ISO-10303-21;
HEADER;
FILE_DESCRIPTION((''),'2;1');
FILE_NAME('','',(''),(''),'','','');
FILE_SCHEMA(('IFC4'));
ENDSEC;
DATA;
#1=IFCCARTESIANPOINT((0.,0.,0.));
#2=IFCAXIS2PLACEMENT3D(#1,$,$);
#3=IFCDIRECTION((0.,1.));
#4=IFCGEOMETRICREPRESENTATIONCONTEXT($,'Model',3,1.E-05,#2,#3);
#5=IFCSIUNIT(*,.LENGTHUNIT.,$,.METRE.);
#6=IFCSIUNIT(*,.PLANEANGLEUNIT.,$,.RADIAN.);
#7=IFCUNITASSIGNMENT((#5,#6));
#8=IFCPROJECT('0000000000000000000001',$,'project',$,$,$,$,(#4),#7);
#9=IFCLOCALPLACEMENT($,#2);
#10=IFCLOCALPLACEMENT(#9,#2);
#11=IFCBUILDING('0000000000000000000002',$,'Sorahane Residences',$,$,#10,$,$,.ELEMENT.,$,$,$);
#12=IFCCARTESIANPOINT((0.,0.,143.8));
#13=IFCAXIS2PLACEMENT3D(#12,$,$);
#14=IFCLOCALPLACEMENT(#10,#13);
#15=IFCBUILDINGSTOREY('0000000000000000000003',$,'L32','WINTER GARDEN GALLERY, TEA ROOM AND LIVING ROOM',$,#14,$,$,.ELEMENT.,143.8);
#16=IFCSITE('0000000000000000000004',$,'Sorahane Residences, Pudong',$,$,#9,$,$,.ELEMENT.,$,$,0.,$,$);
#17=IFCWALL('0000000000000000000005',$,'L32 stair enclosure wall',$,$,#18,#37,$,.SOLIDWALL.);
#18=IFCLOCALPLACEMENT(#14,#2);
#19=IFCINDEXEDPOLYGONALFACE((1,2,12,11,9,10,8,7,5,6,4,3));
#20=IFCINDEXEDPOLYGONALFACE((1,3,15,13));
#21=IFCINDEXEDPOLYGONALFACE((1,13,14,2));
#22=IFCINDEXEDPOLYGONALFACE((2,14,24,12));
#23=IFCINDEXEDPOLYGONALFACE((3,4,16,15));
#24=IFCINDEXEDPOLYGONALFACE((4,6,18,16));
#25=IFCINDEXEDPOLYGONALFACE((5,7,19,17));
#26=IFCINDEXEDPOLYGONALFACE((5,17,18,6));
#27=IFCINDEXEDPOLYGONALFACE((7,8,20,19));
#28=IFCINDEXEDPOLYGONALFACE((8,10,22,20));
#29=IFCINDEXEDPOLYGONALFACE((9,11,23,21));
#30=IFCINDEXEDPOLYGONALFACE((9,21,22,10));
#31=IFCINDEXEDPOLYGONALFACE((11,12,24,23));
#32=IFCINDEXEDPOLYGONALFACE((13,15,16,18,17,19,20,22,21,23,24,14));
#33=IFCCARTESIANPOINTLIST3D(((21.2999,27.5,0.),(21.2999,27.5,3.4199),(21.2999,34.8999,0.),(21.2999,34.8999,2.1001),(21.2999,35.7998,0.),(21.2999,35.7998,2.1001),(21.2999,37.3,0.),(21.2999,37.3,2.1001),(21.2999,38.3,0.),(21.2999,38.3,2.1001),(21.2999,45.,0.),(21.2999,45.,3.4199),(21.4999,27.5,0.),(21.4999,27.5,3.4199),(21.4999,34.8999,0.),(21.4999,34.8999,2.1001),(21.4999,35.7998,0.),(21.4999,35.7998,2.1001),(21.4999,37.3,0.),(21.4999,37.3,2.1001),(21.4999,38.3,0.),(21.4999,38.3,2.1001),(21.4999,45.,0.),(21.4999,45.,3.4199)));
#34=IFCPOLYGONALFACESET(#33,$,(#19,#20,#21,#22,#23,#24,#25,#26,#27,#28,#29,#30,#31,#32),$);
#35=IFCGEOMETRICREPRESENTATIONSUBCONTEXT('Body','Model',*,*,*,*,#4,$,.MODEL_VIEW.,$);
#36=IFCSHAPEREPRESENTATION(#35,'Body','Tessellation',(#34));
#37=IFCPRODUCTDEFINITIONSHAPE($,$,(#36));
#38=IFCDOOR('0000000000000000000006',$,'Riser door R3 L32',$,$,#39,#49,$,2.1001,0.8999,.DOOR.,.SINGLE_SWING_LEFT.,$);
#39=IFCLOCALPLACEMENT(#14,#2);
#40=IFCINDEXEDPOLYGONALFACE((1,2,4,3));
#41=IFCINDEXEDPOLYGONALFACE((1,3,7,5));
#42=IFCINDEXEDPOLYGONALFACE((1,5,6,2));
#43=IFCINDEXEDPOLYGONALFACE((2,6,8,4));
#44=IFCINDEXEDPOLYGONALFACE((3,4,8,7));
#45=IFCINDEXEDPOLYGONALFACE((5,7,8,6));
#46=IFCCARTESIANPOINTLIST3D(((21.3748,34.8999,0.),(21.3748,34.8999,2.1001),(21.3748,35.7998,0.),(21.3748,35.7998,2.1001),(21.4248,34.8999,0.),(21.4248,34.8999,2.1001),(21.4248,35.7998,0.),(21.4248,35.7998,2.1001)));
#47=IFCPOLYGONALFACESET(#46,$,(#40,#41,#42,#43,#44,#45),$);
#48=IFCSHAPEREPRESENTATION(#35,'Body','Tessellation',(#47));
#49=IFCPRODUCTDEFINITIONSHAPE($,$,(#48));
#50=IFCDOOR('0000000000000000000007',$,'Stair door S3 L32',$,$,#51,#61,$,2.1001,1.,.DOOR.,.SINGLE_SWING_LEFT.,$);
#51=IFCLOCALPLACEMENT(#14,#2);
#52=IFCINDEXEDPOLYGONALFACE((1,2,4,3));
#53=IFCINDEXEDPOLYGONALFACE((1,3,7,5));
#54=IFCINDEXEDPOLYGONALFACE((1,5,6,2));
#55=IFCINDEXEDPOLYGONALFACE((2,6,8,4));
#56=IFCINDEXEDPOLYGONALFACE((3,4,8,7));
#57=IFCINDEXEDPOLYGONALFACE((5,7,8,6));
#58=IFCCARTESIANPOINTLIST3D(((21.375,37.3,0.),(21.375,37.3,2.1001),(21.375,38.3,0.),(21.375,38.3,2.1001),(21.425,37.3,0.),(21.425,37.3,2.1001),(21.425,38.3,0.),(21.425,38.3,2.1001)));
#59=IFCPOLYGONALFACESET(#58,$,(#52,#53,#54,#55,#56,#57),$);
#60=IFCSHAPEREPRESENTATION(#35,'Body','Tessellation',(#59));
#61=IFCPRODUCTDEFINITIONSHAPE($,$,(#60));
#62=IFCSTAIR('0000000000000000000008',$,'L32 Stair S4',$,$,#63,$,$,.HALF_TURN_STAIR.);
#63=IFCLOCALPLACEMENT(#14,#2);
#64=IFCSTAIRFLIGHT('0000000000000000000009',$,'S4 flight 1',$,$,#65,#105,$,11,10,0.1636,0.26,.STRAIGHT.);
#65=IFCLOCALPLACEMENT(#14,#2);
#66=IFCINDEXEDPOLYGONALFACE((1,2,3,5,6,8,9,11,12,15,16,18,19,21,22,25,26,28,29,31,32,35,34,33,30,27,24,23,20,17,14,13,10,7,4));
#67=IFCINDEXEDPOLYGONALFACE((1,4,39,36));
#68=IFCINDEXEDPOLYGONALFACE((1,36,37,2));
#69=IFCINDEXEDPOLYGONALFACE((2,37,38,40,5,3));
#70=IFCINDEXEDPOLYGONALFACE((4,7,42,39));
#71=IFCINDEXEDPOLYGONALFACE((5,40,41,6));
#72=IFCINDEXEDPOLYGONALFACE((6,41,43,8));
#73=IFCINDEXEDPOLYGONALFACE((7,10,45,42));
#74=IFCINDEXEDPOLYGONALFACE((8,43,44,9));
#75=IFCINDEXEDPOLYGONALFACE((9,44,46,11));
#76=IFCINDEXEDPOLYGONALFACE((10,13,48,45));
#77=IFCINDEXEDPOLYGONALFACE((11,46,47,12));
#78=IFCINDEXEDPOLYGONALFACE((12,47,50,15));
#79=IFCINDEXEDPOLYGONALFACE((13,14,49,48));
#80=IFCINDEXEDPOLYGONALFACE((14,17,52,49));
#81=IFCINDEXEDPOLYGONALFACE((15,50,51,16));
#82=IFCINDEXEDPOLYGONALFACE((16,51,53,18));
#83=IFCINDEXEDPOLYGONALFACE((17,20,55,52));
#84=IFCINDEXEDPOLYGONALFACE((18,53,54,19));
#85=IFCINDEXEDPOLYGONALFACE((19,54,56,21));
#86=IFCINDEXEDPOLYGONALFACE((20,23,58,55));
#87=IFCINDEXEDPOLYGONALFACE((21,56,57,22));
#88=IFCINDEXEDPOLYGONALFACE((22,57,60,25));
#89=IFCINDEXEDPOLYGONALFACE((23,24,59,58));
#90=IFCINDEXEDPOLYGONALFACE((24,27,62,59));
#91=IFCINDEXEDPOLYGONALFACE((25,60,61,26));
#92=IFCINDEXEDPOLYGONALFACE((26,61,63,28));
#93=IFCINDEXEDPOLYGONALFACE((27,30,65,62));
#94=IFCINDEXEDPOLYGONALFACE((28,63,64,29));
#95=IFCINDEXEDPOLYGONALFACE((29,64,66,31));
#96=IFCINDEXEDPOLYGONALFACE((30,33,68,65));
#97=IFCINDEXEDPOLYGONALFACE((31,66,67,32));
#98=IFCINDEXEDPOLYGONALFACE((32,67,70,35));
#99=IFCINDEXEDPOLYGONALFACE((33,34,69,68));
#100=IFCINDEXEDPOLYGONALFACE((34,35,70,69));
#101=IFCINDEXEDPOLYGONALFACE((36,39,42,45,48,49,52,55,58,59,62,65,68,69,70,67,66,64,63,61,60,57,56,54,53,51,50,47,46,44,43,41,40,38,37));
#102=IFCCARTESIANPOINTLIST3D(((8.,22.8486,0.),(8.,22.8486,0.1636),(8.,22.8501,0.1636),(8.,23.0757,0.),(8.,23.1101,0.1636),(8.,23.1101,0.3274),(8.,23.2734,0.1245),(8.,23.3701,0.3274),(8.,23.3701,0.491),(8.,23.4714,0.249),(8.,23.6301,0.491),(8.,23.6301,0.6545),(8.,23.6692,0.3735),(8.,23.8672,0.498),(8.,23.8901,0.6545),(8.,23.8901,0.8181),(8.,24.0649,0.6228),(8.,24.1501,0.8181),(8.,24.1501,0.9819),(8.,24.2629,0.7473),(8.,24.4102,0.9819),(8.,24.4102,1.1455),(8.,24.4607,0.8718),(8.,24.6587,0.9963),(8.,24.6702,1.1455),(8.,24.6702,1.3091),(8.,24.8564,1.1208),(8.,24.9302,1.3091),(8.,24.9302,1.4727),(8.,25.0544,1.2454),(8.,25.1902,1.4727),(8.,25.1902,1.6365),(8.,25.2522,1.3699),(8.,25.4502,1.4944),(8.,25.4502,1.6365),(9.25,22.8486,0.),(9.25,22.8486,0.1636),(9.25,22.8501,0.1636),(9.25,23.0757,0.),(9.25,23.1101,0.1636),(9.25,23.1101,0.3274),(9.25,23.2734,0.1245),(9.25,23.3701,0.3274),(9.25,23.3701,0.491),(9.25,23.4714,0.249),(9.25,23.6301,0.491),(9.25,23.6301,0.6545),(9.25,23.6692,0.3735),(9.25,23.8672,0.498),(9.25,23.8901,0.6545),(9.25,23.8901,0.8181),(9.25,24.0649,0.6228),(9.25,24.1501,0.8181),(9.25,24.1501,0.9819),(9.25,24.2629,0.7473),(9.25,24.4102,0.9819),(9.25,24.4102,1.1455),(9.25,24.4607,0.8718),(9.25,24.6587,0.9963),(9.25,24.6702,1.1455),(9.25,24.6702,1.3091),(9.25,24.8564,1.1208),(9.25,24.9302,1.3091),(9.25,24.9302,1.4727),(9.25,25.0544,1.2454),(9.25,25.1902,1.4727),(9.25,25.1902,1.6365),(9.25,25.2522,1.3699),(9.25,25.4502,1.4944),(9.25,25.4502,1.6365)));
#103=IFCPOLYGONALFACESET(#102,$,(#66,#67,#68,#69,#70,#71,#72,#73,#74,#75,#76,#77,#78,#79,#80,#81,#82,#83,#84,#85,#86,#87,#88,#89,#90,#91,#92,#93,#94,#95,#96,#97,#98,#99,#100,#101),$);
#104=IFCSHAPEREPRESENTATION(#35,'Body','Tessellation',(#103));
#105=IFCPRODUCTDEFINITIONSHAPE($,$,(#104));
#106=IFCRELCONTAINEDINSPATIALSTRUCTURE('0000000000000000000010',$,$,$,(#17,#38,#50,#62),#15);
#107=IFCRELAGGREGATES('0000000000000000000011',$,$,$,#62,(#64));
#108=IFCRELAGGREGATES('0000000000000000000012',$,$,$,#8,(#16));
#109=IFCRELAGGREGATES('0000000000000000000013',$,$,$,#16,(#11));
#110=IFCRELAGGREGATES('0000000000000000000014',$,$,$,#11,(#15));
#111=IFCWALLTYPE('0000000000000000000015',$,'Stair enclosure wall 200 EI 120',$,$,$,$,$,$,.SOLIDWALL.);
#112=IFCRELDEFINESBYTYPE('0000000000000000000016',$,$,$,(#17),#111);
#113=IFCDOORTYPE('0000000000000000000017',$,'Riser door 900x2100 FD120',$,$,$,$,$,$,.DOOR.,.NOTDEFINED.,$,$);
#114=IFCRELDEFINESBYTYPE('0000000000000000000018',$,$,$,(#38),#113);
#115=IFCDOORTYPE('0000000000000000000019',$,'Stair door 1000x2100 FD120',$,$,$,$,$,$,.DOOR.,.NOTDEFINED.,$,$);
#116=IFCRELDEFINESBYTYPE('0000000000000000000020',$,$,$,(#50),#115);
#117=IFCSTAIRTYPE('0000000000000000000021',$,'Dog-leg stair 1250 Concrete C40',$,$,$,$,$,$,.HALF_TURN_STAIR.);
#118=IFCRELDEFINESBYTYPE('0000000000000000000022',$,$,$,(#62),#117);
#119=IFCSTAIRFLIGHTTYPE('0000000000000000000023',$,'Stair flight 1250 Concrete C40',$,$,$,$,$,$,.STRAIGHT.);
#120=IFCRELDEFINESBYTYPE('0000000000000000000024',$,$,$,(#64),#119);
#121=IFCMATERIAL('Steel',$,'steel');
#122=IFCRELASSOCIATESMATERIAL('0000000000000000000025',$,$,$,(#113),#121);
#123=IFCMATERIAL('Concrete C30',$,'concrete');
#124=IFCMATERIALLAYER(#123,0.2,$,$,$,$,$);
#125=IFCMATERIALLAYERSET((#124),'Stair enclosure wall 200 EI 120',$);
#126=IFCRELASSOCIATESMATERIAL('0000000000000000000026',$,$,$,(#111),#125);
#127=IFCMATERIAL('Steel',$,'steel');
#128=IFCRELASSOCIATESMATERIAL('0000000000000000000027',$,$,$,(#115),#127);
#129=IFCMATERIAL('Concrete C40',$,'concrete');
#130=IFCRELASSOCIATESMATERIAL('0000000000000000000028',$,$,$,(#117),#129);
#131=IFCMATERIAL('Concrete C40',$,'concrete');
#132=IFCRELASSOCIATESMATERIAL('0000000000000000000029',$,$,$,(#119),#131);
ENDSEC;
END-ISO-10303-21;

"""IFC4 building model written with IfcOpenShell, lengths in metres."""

from ifc_helpers import new_model, si_unit, direction, frame, frame_2d, origin, place, context, subcontext, project, spatial, polyline, rectangle, outline, extrude, material, layer, layer_set, type_object, element, fill, aggregate, save


model = new_model("IFC4")

# Units and contexts
model_context = context("Model", 3, precision=1e-05, world=origin(), true_north=direction((0.0, 1.0)))
body_context = subcontext(model_context, "Body", "Model", "MODEL_VIEW")
ifc_project = project(units=[si_unit("LENGTHUNIT", "METRE"), si_unit("PLANEANGLEUNIT", "RADIAN")], contexts=[model_context])

# Site, building, storey
site_placement = place(None, origin())
site = spatial("IfcSite", under=ifc_project, at=site_placement, Name="Sorahane Residences, Pudong", CompositionType="ELEMENT", RefElevation=0.0)
building_placement = place(site_placement, origin())
building = spatial("IfcBuilding", under=site, at=building_placement, Name="Sorahane Residences", CompositionType="ELEMENT")
storey_placement = place(building_placement, frame((0.0, 0.0, 143.8)))
storey = spatial("IfcBuildingStorey", under=building, at=storey_placement, Name="L32", Description="WINTER GARDEN GALLERY, TEA ROOM AND LIVING ROOM", CompositionType="ELEMENT", Elevation=143.8)

# Shared definitions
ifc_material_1 = material(Name="Steel", Category="steel")
door_type_1 = type_object("IfcDoorType", Name="Riser door 900x2100 FD120", OperationType="NOTDEFINED", PredefinedType="DOOR", material=ifc_material_1)

# Wall, openings, doors
ifc_material_2 = material(Name="Concrete C30", Category="concrete")
ifc_layer_1 = layer(ifc_material_2, 0.2)
ifc_layer_set_1 = layer_set([ifc_layer_1], Name="Stair enclosure wall 200 EI 120")
wall_type_1 = type_object("IfcWallType", Name="Stair enclosure wall 200 EI 120", PredefinedType="SOLIDWALL", material=ifc_layer_set_1)
wall_1_placement = place(storey_placement, frame((21.3999, 27.5, 0.0), z_axis=(0.0, 0.0, 1.0), x_axis=(0.0, 1.0, 0.0)))
wall_1 = element("IfcWall", 1, at=wall_1_placement, inside=storey, type_object=wall_type_1, Name="L32 stair enclosure wall", PredefinedType="SOLIDWALL", context=body_context, shape_type="SweptSolid", body=[
    extrude(rectangle(XDim=17.5, YDim=0.2, at=frame_2d((8.75, 0.0))), origin(), (0.0, 0.0, 1.0), 3.4199),
])
opening_1_placement = place(wall_1_placement, frame((9.8, 0.0, 0.0)))
opening_1 = element("IfcOpeningElement", 2, at=opening_1_placement, cuts=wall_1, PredefinedType="OPENING", context=body_context, shape_type="SweptSolid", body=[
    extrude(rectangle(XDim=1.0, YDim=2.1001, at=frame_2d((0.5, 1.05))), frame((0.0, 0.1099, 0.0), z_axis=(0.0, -1.0, 0.0), x_axis=(1.0, 0.0, 0.0)), (0.0, 0.0, 1.0), 0.22),
])
opening_2_placement = place(wall_1_placement, frame((7.3999, 0.0, 0.0)))
opening_2 = element("IfcOpeningElement", 3, at=opening_2_placement, cuts=wall_1, PredefinedType="OPENING", context=body_context, shape_type="SweptSolid", body=[
    extrude(rectangle(XDim=0.8999, YDim=2.1001, at=frame_2d((0.45, 1.05))), frame((0.0, 0.1099, 0.0), z_axis=(0.0, -1.0, 0.0), x_axis=(1.0, 0.0, 0.0)), (0.0, 0.0, 1.0), 0.22),
])
door_1_placement = place(opening_2_placement, frame((0.8999, 0.0, 0.0), z_axis=(0.0, 0.0, 1.0), x_axis=(-1.0, 0.0, 0.0)))
door_1 = element("IfcDoor", 4, at=door_1_placement, inside=storey, type_object=door_type_1, Name="Riser door R3 L32", OperationType="SINGLE_SWING_LEFT", OverallHeight=2.1001, OverallWidth=0.8999, PredefinedType="DOOR", context=body_context, shape_type="SweptSolid", body=[
    extrude(rectangle(XDim=0.8999, YDim=2.1001, at=frame_2d((0.45, 1.05))), frame((0.0, 0.0249, 0.0), z_axis=(0.0, -1.0, 0.0), x_axis=(1.0, 0.0, 0.0)), (0.0, 0.0, 1.0), 0.05),
])
fill(opening_2, door_1)
ifc_material_3 = material(Name="Steel", Category="steel")
door_type_2 = type_object("IfcDoorType", Name="Stair door 1000x2100 FD120", OperationType="NOTDEFINED", PredefinedType="DOOR", material=ifc_material_3)
door_2_placement = place(opening_1_placement, origin())
door_2 = element("IfcDoor", 5, at=door_2_placement, inside=storey, type_object=door_type_2, Name="Stair door S3 L32", OperationType="SINGLE_SWING_LEFT", OverallHeight=2.1001, OverallWidth=1.0, PredefinedType="DOOR", context=body_context, shape_type="SweptSolid", body=[
    extrude(rectangle(XDim=1.0, YDim=2.1001, at=frame_2d((0.5, 1.05))), frame((0.0, 0.0249, 0.0), z_axis=(0.0, -1.0, 0.0), x_axis=(1.0, 0.0, 0.0)), (0.0, 0.0, 1.0), 0.05),
])
fill(opening_1, door_2)

# Stair, stair flight
ifc_material_4 = material(Name="Concrete C40", Category="concrete")
stair_type = type_object("IfcStairType", Name="Dog-leg stair 1250 Concrete C40", PredefinedType="HALF_TURN_STAIR", material=ifc_material_4)
stair_placement = place(storey_placement, origin())
stair = element("IfcStair", 6, at=stair_placement, inside=storey, type_object=stair_type, Name="L32 Stair S4", PredefinedType="HALF_TURN_STAIR")
ifc_material_5 = material(Name="Concrete C40", Category="concrete")
stair_flight_type = type_object("IfcStairFlightType", Name="Stair flight 1250 Concrete C40", PredefinedType="STRAIGHT", material=ifc_material_5)
stair_flight_placement = place(storey_placement, frame((8.625, 22.8501, 0.0), z_axis=(0.0, 0.0, 1.0), x_axis=(0.0, 1.0, 0.0)))
stair_flight = element("IfcStairFlight", 7, at=stair_flight_placement, type_object=stair_flight_type, Name="S4 flight 1", NumberOfRisers=11, NumberOfTreads=10, PredefinedType="STRAIGHT", RiserHeight=0.1636, TreadLength=0.26, context=body_context, shape_type="SweptSolid", body=[
    extrude(outline(polyline([(-0.0015, 0.0), (-0.0015, 0.1636), (0.0, 0.1636), (0.26, 0.1636), (0.26, 0.3274), (0.52, 0.3274), (0.52, 0.491), (0.78, 0.491), (0.78, 0.6545), (1.04, 0.6545), (1.04, 0.8181), (1.3, 0.8181), (1.3, 0.9819), (1.5601, 0.9819), (1.5601, 1.1455), (1.8201, 1.1455), (1.8201, 1.3091), (2.0801, 1.3091), (2.0801, 1.4727), (2.3401, 1.4727), (2.3401, 1.6365), (2.6001, 1.6365), (2.6001, 1.8), (2.6001, 1.4944), (2.4021, 1.3699), (2.2043, 1.2454), (2.0063, 1.1208), (1.8086, 0.9963), (1.6106, 0.8718), (1.4128, 0.7473), (1.2148, 0.6228), (1.0171, 0.498), (0.8191, 0.3735), (0.6213, 0.249), (0.4233, 0.1245), (0.2256, 0.0), (-0.0015, 0.0)])), frame((0.0, 0.625, 0.0), z_axis=(0.0, -1.0, 0.0), x_axis=(1.0, 0.0, 0.0)), (0.0, 0.0, 1.0), 1.25),
])
aggregate(stair, [stair_flight])

save(model, "model.ifc")
